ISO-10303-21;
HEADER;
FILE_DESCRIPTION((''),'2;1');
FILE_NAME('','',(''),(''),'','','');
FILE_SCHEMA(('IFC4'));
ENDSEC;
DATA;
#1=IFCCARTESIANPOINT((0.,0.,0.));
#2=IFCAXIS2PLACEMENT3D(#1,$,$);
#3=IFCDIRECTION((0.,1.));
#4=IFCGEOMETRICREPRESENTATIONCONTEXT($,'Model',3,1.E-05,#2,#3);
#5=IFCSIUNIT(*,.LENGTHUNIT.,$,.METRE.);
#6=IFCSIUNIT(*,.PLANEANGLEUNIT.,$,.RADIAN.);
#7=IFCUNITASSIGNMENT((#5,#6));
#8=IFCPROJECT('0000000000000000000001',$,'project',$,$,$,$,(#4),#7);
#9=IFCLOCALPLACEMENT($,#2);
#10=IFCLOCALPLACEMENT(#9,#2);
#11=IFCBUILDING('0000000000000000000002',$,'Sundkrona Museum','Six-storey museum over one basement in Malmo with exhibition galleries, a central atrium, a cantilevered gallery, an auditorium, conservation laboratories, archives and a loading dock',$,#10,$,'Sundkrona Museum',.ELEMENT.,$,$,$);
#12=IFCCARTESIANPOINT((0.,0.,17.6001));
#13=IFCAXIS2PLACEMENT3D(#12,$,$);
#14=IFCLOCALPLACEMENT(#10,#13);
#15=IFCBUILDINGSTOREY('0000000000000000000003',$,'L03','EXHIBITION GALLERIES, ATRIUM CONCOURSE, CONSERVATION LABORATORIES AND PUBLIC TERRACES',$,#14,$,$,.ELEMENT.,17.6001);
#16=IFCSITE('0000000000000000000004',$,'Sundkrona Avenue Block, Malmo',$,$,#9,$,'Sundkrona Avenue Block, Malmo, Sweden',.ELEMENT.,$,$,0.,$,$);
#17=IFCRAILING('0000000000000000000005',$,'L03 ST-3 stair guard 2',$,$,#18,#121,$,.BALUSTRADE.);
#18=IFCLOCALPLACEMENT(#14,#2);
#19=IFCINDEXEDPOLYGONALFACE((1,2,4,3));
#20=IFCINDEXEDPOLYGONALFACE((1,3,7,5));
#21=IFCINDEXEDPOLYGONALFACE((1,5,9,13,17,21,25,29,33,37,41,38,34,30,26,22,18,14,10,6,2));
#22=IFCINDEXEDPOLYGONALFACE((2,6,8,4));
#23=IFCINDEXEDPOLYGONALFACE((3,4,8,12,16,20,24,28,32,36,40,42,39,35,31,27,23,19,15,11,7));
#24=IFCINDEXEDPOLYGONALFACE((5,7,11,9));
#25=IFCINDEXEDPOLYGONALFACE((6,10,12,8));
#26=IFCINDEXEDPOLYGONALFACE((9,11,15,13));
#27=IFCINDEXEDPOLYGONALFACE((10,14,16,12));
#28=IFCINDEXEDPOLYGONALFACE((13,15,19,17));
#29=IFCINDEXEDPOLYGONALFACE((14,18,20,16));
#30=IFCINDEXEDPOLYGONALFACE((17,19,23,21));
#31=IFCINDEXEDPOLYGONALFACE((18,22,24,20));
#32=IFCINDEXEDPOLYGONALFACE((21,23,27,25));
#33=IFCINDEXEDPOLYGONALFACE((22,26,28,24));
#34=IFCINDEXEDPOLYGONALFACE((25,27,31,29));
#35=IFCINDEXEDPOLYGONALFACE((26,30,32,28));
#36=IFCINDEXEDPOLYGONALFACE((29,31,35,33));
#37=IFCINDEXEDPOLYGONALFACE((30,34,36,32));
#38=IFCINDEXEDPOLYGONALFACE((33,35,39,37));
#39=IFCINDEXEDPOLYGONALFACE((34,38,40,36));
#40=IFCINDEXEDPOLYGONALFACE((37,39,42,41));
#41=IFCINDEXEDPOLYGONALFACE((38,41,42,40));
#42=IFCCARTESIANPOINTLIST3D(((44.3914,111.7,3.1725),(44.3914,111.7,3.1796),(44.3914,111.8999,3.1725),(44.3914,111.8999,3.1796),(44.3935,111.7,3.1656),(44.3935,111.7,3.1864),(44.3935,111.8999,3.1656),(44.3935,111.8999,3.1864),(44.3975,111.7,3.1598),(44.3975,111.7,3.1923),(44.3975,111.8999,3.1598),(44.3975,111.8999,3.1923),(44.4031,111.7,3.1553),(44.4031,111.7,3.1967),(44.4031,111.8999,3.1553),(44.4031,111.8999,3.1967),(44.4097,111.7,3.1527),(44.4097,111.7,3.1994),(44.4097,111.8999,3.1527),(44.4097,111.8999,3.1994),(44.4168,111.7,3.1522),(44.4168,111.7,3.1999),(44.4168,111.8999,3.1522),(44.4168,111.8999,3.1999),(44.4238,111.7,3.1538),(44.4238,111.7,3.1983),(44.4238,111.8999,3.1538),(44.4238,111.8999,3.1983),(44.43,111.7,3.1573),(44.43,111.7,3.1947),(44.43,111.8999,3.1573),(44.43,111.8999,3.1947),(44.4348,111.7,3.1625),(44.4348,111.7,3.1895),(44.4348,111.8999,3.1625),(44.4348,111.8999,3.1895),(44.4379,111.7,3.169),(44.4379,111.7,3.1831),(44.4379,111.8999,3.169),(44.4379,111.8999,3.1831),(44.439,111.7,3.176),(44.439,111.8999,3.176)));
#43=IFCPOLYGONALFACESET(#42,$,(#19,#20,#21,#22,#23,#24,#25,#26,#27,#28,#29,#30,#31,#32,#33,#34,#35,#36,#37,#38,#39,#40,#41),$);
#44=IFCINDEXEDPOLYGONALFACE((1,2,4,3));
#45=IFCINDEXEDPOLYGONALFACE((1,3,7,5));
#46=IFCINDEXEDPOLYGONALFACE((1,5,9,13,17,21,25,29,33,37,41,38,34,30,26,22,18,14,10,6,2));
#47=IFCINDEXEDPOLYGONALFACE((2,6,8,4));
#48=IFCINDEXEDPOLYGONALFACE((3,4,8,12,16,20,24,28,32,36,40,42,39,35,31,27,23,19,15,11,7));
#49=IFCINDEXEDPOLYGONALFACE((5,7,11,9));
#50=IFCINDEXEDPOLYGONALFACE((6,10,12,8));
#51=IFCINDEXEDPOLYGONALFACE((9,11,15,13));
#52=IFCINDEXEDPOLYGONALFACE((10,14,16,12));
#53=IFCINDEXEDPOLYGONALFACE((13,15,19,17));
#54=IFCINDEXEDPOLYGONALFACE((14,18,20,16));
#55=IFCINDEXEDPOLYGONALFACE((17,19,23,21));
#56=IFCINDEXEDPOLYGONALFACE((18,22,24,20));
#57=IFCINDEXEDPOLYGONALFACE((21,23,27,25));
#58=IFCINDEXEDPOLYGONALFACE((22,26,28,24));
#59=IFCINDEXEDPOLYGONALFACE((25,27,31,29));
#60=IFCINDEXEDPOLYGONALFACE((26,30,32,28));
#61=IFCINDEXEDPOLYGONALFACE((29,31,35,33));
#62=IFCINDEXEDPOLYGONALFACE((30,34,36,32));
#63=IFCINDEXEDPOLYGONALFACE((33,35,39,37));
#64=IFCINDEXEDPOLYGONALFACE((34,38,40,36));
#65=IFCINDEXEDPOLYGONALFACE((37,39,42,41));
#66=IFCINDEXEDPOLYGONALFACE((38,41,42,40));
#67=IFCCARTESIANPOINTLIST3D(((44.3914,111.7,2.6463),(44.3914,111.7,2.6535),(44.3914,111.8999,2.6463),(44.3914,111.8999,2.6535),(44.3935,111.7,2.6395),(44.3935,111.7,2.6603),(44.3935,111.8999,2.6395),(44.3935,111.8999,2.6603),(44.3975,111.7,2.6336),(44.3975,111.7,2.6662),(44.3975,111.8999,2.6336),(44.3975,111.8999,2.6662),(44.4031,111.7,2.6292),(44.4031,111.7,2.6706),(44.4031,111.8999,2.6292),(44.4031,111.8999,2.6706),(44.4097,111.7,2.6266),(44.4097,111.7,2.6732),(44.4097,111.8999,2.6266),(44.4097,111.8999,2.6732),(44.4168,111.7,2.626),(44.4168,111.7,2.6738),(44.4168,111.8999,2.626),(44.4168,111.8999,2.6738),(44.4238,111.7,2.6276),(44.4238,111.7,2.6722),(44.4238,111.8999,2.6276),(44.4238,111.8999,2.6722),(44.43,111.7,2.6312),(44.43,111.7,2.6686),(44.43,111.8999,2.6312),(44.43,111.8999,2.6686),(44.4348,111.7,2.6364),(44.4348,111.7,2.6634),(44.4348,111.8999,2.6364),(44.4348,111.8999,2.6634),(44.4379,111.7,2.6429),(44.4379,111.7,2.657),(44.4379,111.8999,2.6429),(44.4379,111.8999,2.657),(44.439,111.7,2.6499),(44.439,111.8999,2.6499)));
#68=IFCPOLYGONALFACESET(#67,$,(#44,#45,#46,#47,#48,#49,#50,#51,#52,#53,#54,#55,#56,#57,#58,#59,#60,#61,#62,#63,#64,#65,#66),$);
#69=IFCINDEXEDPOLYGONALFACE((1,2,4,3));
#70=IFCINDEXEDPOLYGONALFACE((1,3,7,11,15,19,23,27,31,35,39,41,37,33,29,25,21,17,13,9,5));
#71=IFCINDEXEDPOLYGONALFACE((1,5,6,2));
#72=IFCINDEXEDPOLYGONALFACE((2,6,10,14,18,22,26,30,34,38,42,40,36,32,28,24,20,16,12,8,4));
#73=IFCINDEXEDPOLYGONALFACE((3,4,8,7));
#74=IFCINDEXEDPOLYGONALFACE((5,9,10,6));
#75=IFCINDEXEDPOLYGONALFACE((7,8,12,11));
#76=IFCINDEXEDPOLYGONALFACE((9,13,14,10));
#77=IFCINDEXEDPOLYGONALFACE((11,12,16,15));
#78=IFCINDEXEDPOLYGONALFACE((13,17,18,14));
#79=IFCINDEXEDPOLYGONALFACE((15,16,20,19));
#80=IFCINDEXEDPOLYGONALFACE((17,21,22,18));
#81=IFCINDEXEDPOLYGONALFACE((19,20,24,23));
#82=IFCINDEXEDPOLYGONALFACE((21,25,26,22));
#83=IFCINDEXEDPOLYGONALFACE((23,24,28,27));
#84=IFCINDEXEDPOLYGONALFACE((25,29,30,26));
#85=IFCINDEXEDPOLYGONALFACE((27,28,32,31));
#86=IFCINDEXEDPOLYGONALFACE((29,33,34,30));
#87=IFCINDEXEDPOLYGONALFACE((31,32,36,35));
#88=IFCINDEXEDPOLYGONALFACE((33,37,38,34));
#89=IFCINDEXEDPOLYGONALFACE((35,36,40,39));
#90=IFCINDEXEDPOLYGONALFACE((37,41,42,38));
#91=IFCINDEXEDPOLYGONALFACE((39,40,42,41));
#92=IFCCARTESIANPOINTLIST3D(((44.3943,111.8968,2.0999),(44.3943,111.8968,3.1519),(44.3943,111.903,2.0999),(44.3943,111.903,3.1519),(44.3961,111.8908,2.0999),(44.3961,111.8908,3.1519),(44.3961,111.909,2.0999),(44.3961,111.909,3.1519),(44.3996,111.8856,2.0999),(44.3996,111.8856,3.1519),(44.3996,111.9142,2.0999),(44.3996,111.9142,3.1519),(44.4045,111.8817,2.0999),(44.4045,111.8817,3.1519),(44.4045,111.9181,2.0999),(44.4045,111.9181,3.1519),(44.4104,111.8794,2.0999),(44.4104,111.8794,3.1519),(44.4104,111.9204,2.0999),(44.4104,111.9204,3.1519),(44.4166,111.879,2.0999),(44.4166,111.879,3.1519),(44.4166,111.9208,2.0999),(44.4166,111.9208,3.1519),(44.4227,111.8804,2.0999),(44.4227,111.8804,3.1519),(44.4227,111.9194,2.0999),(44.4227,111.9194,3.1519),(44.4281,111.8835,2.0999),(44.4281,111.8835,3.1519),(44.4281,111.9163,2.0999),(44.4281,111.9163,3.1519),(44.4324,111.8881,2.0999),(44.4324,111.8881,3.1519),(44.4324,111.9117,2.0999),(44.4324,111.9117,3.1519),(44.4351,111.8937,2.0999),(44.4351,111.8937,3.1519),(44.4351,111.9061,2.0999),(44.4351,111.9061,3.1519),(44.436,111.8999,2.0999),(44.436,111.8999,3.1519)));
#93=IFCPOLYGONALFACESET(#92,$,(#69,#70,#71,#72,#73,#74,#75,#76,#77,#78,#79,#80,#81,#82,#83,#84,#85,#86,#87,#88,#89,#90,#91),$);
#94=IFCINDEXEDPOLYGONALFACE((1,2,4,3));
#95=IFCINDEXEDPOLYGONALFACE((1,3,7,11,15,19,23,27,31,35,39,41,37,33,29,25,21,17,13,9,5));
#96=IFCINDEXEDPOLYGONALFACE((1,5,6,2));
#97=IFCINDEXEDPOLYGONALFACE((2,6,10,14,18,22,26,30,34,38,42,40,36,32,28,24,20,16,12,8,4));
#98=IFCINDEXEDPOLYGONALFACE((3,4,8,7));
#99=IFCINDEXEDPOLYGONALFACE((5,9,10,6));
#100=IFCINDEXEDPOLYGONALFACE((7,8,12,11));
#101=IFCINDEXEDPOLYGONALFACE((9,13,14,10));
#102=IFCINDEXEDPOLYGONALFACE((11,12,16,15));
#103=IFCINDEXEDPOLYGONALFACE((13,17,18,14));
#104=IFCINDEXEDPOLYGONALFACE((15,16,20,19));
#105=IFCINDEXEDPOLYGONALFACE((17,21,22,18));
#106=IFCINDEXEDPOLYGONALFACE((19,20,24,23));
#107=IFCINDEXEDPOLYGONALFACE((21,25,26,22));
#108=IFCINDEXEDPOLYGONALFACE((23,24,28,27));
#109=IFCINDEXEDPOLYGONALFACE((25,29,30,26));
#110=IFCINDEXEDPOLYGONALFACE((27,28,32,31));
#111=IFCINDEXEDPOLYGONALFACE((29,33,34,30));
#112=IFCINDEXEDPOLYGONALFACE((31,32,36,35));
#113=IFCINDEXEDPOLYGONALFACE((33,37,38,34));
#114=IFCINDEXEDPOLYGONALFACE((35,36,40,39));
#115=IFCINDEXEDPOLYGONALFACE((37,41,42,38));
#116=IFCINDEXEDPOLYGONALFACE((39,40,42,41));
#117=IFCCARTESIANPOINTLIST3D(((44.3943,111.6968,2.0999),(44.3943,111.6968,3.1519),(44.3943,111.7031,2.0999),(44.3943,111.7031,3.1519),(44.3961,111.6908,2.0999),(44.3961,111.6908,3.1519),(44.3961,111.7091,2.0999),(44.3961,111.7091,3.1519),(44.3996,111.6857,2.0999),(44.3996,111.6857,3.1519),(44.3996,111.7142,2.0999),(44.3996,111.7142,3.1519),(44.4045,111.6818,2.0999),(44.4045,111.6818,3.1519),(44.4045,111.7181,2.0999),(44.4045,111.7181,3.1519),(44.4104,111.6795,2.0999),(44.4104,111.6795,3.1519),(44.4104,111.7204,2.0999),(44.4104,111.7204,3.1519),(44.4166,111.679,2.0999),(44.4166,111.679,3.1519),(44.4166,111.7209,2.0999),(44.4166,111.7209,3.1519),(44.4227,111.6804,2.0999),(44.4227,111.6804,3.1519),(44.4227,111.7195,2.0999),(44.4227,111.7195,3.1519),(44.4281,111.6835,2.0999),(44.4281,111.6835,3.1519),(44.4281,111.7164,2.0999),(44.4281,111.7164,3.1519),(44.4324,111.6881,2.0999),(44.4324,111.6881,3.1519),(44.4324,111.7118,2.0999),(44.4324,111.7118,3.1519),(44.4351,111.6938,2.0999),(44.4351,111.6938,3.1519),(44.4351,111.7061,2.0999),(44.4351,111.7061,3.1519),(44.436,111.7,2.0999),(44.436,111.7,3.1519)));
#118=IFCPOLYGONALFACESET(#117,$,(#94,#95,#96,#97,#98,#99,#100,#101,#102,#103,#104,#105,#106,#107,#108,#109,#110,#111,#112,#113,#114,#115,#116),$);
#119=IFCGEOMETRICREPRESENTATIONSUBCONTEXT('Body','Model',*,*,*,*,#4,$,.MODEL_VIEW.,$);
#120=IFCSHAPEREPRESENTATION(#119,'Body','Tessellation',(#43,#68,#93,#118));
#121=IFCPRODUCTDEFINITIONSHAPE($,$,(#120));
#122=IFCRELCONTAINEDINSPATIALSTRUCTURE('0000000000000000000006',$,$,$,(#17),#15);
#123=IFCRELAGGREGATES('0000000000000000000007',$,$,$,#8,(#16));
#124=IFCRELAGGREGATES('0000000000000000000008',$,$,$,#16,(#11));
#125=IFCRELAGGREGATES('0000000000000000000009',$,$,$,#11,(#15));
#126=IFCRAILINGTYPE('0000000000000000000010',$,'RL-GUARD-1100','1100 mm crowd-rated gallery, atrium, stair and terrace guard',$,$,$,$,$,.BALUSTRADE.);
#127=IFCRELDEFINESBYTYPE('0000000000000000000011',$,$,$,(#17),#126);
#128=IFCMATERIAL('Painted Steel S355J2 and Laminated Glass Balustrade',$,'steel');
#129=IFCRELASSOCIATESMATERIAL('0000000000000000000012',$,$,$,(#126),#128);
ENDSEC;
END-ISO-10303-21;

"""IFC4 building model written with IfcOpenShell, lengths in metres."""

from ifc_helpers import new_model, si_unit, direction, frame, origin, origin_2d, place, context, subcontext, project, spatial, circle, extrude, material, type_object, element, save


model = new_model("IFC4")

# Units and contexts
model_context = context("Model", 3, precision=1e-05, world=origin(), true_north=direction((0.0, 1.0)))
body_context = subcontext(model_context, "Body", "Model", "MODEL_VIEW")
ifc_project = project(units=[si_unit("LENGTHUNIT", "METRE"), si_unit("PLANEANGLEUNIT", "RADIAN")], contexts=[model_context])

# Site, building, storey
site_placement = place(None, origin())
site = spatial("IfcSite", under=ifc_project, at=site_placement, Name="Sundkrona Avenue Block, Malmo", LongName="Sundkrona Avenue Block, Malmo, Sweden", CompositionType="ELEMENT", RefElevation=0.0)
building_placement = place(site_placement, origin())
building = spatial("IfcBuilding", under=site, at=building_placement, Name="Sundkrona Museum", Description="Six-storey museum over one basement in Malmo with exhibition galleries, a central atrium, a cantilevered gallery, an auditorium, conservation laboratories, archives and a loading dock", LongName="Sundkrona Museum", CompositionType="ELEMENT")
storey_placement = place(building_placement, frame((0.0, 0.0, 17.6001)))
storey = spatial("IfcBuildingStorey", under=building, at=storey_placement, Name="L03", Description="EXHIBITION GALLERIES, ATRIUM CONCOURSE, CONSERVATION LABORATORIES AND PUBLIC TERRACES", CompositionType="ELEMENT", Elevation=17.6001)

# Railing
ifc_material_1 = material(Name="Painted Steel S355J2 and Laminated Glass Balustrade", Category="steel")
railing_type_1 = type_object("IfcRailingType", Name="RL-GUARD-1100", Description="1100 mm crowd-rated gallery, atrium, stair and terrace guard", PredefinedType="BALUSTRADE", material=ifc_material_1)
railing_1_placement = place(storey_placement, frame((44.415, 111.8999, 2.0999)))
element("IfcRailing", 1, at=railing_1_placement, inside=storey, type_object=railing_type_1, Name="L03 ST-3 stair guard 2", PredefinedType="BALUSTRADE", context=body_context, shape_type="SweptSolid", body=[
    extrude(circle(Radius=0.0239, at=origin_2d()), frame((0.0, 0.0, 1.0762), z_axis=(0.0, -1.0, 0.0), x_axis=(1.0, 0.0, 0.0)), (0.0, 0.0, 1.0), 0.2),
    extrude(circle(Radius=0.0239, at=origin_2d()), frame((0.0, 0.0, 0.55), z_axis=(0.0, -1.0, 0.0), x_axis=(1.0, 0.0, 0.0)), (0.0, 0.0, 1.0), 0.2),
    extrude(circle(Radius=0.021, at=origin_2d()), origin(), (0.0, 0.0, 1.0), 1.052),
    extrude(circle(Radius=0.021, at=origin_2d()), frame((0.0, -0.2, 0.0)), (0.0, 0.0, 1.0), 1.052),
])

save(model, "model.ifc")
